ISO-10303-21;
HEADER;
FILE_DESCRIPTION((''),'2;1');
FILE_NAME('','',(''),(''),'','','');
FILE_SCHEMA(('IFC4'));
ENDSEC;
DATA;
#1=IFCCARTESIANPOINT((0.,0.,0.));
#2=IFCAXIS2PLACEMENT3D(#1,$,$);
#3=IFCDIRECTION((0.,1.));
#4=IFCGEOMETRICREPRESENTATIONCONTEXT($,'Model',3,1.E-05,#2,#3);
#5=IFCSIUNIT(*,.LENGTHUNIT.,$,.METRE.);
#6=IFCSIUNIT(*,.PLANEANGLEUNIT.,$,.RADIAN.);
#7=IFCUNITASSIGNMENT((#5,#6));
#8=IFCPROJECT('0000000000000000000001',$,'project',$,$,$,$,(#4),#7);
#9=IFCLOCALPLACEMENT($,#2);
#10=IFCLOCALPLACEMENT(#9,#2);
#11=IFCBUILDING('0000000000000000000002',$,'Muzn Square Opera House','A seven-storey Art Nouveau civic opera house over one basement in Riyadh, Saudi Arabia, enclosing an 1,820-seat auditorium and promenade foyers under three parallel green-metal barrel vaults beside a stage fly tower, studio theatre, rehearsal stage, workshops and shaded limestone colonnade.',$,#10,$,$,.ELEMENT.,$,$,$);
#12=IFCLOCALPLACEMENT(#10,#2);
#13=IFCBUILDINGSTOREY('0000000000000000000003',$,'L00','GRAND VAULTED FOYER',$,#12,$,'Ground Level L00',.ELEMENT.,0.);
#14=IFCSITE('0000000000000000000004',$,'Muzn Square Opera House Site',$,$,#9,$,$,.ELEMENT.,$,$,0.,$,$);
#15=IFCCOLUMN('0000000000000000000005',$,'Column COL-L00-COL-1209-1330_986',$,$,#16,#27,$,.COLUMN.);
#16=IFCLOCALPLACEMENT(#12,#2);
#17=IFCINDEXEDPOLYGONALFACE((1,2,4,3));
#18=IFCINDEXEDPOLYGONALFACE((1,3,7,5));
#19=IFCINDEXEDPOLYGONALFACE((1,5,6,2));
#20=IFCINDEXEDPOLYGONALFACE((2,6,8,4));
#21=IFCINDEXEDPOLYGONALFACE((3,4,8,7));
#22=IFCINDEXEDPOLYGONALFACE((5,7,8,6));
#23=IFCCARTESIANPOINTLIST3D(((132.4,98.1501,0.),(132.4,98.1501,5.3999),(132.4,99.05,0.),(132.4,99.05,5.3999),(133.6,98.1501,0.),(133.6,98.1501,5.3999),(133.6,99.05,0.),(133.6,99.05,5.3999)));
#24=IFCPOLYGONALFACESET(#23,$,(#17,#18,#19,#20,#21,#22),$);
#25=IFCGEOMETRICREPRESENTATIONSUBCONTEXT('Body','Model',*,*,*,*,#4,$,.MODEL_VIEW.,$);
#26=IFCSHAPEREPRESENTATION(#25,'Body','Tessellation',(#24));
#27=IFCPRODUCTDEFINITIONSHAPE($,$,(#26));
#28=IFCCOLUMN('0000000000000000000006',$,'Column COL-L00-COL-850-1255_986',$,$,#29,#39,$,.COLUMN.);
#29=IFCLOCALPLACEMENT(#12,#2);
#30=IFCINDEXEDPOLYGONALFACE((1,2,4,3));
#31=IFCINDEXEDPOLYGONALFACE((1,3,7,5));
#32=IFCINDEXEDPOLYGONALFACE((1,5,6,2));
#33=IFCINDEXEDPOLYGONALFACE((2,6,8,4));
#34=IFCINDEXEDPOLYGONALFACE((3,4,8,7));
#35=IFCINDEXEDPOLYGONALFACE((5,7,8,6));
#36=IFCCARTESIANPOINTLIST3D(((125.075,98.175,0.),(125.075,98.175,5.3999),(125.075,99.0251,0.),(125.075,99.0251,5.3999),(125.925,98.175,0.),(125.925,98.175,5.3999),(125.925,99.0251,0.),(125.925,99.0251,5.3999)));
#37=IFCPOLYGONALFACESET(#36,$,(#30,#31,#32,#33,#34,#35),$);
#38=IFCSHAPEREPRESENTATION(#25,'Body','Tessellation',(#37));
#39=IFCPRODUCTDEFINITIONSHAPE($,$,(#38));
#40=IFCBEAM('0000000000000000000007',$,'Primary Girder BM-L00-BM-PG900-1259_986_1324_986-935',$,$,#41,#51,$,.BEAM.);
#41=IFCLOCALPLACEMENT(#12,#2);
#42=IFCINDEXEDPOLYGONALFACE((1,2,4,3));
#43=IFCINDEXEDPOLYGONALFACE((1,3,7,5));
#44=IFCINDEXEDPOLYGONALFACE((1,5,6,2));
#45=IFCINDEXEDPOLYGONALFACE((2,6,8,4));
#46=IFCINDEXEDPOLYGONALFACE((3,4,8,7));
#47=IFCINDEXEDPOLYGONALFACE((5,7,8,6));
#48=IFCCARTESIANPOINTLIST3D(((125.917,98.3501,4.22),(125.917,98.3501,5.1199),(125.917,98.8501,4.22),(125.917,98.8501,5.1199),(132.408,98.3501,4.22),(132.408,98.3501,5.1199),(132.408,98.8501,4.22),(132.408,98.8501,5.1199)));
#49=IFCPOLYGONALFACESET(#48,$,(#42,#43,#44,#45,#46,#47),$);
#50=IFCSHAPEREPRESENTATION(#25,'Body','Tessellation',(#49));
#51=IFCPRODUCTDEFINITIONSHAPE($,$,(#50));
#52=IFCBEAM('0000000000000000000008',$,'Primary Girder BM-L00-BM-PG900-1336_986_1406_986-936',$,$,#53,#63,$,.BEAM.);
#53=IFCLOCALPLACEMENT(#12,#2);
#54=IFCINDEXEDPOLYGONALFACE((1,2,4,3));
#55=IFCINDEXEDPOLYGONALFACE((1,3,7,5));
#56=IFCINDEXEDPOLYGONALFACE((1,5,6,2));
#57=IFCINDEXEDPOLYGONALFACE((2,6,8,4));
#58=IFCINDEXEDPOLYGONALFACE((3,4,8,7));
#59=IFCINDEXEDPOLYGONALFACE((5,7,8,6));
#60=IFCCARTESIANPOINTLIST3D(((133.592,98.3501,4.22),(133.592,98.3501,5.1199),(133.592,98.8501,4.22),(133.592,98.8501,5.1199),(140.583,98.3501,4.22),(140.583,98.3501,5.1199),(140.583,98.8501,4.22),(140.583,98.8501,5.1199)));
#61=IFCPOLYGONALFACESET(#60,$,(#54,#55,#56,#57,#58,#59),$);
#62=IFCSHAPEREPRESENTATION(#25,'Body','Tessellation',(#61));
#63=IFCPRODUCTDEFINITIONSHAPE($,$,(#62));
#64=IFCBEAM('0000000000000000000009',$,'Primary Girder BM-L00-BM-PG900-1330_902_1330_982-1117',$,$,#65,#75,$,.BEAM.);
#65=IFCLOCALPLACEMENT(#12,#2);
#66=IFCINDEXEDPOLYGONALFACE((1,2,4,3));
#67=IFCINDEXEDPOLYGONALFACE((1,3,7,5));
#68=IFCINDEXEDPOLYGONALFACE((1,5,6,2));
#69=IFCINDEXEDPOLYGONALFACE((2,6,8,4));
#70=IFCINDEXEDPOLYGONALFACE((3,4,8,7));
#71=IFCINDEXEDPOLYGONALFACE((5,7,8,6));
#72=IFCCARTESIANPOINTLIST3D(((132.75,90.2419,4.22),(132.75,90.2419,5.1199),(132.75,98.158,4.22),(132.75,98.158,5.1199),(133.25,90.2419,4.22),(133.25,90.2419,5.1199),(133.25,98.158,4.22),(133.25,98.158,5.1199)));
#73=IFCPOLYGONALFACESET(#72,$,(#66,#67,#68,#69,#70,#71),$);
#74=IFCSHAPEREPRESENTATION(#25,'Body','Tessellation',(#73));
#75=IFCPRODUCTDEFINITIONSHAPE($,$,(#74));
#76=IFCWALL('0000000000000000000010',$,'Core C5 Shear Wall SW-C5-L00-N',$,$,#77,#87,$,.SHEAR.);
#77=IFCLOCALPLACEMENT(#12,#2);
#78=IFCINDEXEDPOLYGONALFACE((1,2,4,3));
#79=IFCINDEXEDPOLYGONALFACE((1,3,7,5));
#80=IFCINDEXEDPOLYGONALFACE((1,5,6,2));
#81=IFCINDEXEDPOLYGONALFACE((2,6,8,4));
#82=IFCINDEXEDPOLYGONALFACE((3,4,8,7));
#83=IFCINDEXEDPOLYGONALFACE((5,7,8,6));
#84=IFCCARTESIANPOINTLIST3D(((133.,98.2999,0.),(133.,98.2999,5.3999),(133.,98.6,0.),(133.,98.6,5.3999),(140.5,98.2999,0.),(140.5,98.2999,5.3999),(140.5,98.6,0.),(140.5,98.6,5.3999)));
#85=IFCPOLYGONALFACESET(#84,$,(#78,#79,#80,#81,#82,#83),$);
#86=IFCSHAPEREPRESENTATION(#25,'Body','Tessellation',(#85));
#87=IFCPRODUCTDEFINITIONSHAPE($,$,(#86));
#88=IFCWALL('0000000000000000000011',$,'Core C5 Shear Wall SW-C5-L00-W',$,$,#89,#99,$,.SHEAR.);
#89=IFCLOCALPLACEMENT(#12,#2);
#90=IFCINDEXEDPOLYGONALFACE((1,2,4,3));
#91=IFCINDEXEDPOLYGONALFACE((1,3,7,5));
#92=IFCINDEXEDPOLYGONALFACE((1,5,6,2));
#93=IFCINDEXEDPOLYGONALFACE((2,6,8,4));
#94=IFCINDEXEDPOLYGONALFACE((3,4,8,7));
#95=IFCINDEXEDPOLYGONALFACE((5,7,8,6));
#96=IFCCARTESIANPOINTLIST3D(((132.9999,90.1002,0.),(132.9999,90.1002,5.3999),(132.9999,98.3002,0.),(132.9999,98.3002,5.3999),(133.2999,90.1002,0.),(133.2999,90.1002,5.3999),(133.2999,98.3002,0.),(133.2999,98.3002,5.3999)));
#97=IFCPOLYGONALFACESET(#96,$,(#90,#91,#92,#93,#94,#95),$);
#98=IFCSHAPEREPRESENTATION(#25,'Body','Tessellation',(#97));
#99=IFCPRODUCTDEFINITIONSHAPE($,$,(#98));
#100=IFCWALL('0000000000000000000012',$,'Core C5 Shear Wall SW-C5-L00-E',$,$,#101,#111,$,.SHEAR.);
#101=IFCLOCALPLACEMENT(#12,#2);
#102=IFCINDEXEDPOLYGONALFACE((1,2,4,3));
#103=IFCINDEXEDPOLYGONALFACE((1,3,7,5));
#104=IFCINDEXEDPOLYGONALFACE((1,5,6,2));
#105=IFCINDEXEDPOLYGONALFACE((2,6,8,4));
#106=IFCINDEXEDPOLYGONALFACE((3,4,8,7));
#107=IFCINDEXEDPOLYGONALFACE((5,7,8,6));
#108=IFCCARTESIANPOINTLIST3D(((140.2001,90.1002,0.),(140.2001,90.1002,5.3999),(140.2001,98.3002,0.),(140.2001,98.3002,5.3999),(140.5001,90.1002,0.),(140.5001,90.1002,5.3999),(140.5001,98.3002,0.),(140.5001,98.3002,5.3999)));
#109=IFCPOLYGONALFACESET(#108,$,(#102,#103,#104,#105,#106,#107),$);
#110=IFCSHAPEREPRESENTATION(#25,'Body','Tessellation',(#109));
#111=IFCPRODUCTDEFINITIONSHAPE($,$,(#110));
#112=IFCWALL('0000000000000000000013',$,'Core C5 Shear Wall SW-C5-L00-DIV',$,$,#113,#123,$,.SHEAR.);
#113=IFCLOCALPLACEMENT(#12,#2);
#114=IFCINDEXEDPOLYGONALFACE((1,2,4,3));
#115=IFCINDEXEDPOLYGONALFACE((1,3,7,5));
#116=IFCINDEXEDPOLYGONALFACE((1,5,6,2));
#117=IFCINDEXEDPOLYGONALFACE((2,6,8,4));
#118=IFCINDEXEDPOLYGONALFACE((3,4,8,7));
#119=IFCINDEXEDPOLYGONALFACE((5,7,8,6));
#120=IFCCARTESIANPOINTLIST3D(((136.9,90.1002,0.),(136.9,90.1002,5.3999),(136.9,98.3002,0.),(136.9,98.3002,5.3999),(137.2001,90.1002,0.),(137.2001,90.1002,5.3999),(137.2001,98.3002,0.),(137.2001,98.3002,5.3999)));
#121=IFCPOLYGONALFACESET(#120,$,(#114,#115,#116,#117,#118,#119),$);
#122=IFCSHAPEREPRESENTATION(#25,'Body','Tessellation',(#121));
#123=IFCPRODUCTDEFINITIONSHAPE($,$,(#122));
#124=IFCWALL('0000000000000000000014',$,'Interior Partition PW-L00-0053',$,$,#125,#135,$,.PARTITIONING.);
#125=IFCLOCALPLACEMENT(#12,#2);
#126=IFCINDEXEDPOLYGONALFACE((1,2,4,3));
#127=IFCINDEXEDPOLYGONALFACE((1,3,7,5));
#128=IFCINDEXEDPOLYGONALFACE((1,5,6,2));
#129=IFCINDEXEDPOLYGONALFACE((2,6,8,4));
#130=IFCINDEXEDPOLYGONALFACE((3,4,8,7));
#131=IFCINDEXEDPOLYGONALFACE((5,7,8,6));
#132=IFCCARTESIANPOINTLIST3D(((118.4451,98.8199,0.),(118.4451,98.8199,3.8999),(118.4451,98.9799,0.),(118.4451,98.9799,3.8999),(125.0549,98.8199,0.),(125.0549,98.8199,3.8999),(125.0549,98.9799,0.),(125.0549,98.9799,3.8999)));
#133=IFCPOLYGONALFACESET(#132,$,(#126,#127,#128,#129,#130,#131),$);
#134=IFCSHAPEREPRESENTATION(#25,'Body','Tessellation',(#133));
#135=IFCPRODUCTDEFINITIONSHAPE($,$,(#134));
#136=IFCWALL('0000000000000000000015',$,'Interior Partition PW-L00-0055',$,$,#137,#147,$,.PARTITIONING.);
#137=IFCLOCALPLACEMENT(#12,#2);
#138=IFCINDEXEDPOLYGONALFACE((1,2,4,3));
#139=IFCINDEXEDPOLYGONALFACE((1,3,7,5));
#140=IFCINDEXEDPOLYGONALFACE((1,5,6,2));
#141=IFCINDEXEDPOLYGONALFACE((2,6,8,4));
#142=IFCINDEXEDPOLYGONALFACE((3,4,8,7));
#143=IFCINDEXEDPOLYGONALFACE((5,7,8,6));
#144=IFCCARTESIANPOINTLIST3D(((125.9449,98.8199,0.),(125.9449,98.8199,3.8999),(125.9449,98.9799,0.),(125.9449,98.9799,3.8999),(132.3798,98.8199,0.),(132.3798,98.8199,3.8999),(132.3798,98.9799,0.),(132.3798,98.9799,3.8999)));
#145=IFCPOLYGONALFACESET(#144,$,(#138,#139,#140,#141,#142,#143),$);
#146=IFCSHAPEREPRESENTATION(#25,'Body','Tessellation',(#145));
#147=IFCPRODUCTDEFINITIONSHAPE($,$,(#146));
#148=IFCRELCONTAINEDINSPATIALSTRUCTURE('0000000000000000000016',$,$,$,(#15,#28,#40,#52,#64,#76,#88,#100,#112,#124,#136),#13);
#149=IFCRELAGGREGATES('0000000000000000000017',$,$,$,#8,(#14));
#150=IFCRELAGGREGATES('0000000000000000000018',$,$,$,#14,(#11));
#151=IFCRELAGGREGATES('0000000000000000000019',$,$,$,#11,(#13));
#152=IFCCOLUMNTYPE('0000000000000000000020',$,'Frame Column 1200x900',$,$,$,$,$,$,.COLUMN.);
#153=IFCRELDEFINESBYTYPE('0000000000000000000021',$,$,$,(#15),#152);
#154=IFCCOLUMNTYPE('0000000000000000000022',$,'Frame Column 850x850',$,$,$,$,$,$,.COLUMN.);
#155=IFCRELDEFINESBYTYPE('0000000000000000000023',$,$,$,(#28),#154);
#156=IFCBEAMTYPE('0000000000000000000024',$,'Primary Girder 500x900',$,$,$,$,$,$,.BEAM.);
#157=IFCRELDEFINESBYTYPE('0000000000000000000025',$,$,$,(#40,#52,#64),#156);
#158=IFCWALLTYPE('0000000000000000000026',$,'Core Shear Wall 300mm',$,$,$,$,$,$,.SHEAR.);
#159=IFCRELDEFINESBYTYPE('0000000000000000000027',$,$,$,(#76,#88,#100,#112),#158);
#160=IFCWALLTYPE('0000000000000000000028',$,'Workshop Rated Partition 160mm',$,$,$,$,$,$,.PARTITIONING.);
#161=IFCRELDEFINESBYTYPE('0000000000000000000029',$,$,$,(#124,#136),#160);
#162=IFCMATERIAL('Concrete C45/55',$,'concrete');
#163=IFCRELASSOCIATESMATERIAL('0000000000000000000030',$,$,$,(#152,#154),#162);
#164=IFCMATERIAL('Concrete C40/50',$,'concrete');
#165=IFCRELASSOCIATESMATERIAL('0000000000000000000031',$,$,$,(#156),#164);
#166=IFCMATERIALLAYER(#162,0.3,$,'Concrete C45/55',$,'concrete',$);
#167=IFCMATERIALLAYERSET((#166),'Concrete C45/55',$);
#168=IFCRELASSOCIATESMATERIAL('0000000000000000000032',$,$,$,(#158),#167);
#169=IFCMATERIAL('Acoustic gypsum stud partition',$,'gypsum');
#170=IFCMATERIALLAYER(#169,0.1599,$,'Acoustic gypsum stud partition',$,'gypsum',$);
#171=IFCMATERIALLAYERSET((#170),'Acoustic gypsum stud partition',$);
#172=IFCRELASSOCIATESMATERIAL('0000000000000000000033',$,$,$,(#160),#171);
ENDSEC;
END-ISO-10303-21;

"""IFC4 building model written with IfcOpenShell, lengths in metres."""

from ifc_helpers import new_model, si_unit, direction, frame, frame_2d, origin, origin_2d, place, context, subcontext, project, spatial, rectangle, extrude, material, layer, layer_set, material_profile, profile_set, type_object, element, save


model = new_model("IFC4")

# Units and contexts
model_context = context("Model", 3, precision=1e-05, world=origin(), true_north=direction((0.0, 1.0)))
body_context = subcontext(model_context, "Body", "Model", "MODEL_VIEW")
ifc_project = project(units=[si_unit("LENGTHUNIT", "METRE"), si_unit("PLANEANGLEUNIT", "RADIAN")], contexts=[model_context])

# Site, building, storey
site_placement = place(None, origin())
site = spatial("IfcSite", under=ifc_project, at=site_placement, Name="Muzn Square Opera House Site", CompositionType="ELEMENT", RefElevation=0.0)
building_placement = place(site_placement, origin())
building = spatial("IfcBuilding", under=site, at=building_placement, Name="Muzn Square Opera House", Description="A seven-storey Art Nouveau civic opera house over one basement in Riyadh, Saudi Arabia, enclosing an 1,820-seat auditorium and promenade foyers under three parallel green-metal barrel vaults beside a stage fly tower, studio theatre, rehearsal stage, workshops and shaded limestone colonnade.", CompositionType="ELEMENT")
storey_placement = place(building_placement, origin())
storey = spatial("IfcBuildingStorey", under=building, at=storey_placement, Name="L00", Description="GRAND VAULTED FOYER", LongName="Ground Level L00", CompositionType="ELEMENT", Elevation=0.0)

# Columns
ifc_material_1 = material(Name="Concrete C45/55", Category="concrete")
ifc_material_profile_1 = material_profile(ifc_material_1, rectangle(XDim=1.2, YDim=0.8999, at=origin_2d()), Name="RC 1200x900", Category="concrete")
ifc_profile_set_1 = profile_set([ifc_material_profile_1], Name="Concrete C45/55")
column_type_1 = type_object("IfcColumnType", Name="Frame Column 1200x900", PredefinedType="COLUMN", material=ifc_profile_set_1)
column_1_placement = place(storey_placement, frame((133.0, 98.6001, 0.0), z_axis=(0.0, 0.0, 1.0), x_axis=(1.0, 0.0, 0.0)))
element("IfcColumn", 1, at=column_1_placement, inside=storey, type_object=column_type_1, Name="Column COL-L00-COL-1209-1330_986", PredefinedType="COLUMN", context=body_context, shape_type="SweptSolid", body=[
    extrude(rectangle(XDim=1.2, YDim=0.8999, at=origin_2d()), origin(), (0.0, 0.0, 1.0), 5.3999),
])
ifc_material_profile_2 = material_profile(ifc_material_1, rectangle(XDim=0.8501, YDim=0.8501, at=origin_2d()), Name="RC 850x850", Category="concrete")
ifc_profile_set_2 = profile_set([ifc_material_profile_2], Name="Concrete C45/55")
column_type_2 = type_object("IfcColumnType", Name="Frame Column 850x850", PredefinedType="COLUMN", material=ifc_profile_set_2)
column_2_placement = place(storey_placement, frame((125.5, 98.6001, 0.0), z_axis=(0.0, 0.0, 1.0), x_axis=(1.0, 0.0, 0.0)))
element("IfcColumn", 2, at=column_2_placement, inside=storey, type_object=column_type_2, Name="Column COL-L00-COL-850-1255_986", PredefinedType="COLUMN", context=body_context, shape_type="SweptSolid", body=[
    extrude(rectangle(XDim=0.8501, YDim=0.8501, at=origin_2d()), origin(), (0.0, 0.0, 1.0), 5.3999),
])

# Beams
ifc_material_2 = material(Name="Concrete C40/50", Category="concrete")
ifc_material_profile_3 = material_profile(ifc_material_2, rectangle(XDim=0.5, YDim=0.8999, at=origin_2d()), Name="RCB 500x900", Category="concrete")
ifc_profile_set_3 = profile_set([ifc_material_profile_3], Name="Concrete C40/50")
beam_type = type_object("IfcBeamType", Name="Primary Girder 500x900", PredefinedType="BEAM", material=ifc_profile_set_3)
beam_1_placement = place(storey_placement, frame((125.917, 98.6001, 4.6699), z_axis=(1.0, 0.0, 0.0), x_axis=(0.0, 1.0, 0.0)))
element("IfcBeam", 3, at=beam_1_placement, inside=storey, type_object=beam_type, Name="Primary Girder BM-L00-BM-PG900-1259_986_1324_986-935", PredefinedType="BEAM", context=body_context, shape_type="SweptSolid", body=[
    extrude(rectangle(XDim=0.5, YDim=0.8999, at=origin_2d()), origin(), (0.0, 0.0, 1.0), 6.491),
])
beam_2_placement = place(storey_placement, frame((133.592, 98.6001, 4.6699), z_axis=(1.0, 0.0, 0.0), x_axis=(0.0, 1.0, 0.0)))
element("IfcBeam", 4, at=beam_2_placement, inside=storey, type_object=beam_type, Name="Primary Girder BM-L00-BM-PG900-1336_986_1406_986-936", PredefinedType="BEAM", context=body_context, shape_type="SweptSolid", body=[
    extrude(rectangle(XDim=0.5, YDim=0.8999, at=origin_2d()), origin(), (0.0, 0.0, 1.0), 6.991),
])
beam_3_placement = place(storey_placement, frame((133.0, 90.2419, 4.6699), z_axis=(0.0, 1.0, 0.0), x_axis=(-1.0, 0.0, 0.0)))
element("IfcBeam", 5, at=beam_3_placement, inside=storey, type_object=beam_type, Name="Primary Girder BM-L00-BM-PG900-1330_902_1330_982-1117", PredefinedType="BEAM", context=body_context, shape_type="SweptSolid", body=[
    extrude(rectangle(XDim=0.5, YDim=0.8999, at=origin_2d()), origin(), (0.0, 0.0, 1.0), 7.916),
])

# Walls
ifc_layer_1 = layer(ifc_material_1, 0.3, Name="Concrete C45/55", Category="concrete")
ifc_layer_set_1 = layer_set([ifc_layer_1], Name="Concrete C45/55")
wall_type_1 = type_object("IfcWallType", Name="Core Shear Wall 300mm", PredefinedType="SHEAR", material=ifc_layer_set_1)
wall_1_placement = place(storey_placement, frame((133.0, 98.45, 0.0), z_axis=(0.0, 0.0, 1.0), x_axis=(1.0, 0.0, 0.0)))
element("IfcWall", 6, at=wall_1_placement, inside=storey, type_object=wall_type_1, Name="Core C5 Shear Wall SW-C5-L00-N", PredefinedType="SHEAR", context=body_context, shape_type="SweptSolid", body=[
    extrude(rectangle(XDim=7.5, YDim=0.3, at=frame_2d((3.75, 0.0))), origin(), (0.0, 0.0, 1.0), 5.3999),
])
for number, where, z_axis, x_axis, name in (
    (7, (133.1499, 90.1001, 0.0), (0.0, 0.0, 1.0), (0.0, 1.0, 0.0), "Core C5 Shear Wall SW-C5-L00-W"),
    (8, (140.3501, 90.1001, 0.0), (0.0, 0.0, 1.0), (0.0, 1.0, 0.0), "Core C5 Shear Wall SW-C5-L00-E"),
    (9, (137.05, 90.1001, 0.0), (0.0, 0.0, 1.0), (0.0, 1.0, 0.0), "Core C5 Shear Wall SW-C5-L00-DIV"),
):
    element("IfcWall", number, at=place(storey_placement, frame(where, z_axis=z_axis, x_axis=x_axis)), inside=storey, type_object=wall_type_1, Name=name, PredefinedType="SHEAR", context=body_context, shape_type="SweptSolid", body=[
        extrude(rectangle(XDim=8.2, YDim=0.3, at=frame_2d((4.1001, 0.0))), origin(), (0.0, 0.0, 1.0), 5.3999),
    ])
ifc_material_3 = material(Name="Acoustic gypsum stud partition", Category="gypsum")
ifc_layer_2 = layer(ifc_material_3, 0.1599, Name="Acoustic gypsum stud partition", Category="gypsum")
ifc_layer_set_2 = layer_set([ifc_layer_2], Name="Acoustic gypsum stud partition")
wall_type_2 = type_object("IfcWallType", Name="Workshop Rated Partition 160mm", PredefinedType="PARTITIONING", material=ifc_layer_set_2)
wall_2_placement = place(storey_placement, frame((118.4451, 98.8999, 0.0), z_axis=(0.0, 0.0, 1.0), x_axis=(1.0, 0.0, 0.0)))
element("IfcWall", 10, at=wall_2_placement, inside=storey, type_object=wall_type_2, Name="Interior Partition PW-L00-0053", PredefinedType="PARTITIONING", context=body_context, shape_type="SweptSolid", body=[
    extrude(rectangle(XDim=6.6099, YDim=0.1599, at=frame_2d((3.3049, 0.0))), origin(), (0.0, 0.0, 1.0), 3.8999),
])
wall_3_placement = place(storey_placement, frame((125.9451, 98.8999, 0.0), z_axis=(0.0, 0.0, 1.0), x_axis=(1.0, 0.0, 0.0)))
element("IfcWall", 11, at=wall_3_placement, inside=storey, type_object=wall_type_2, Name="Interior Partition PW-L00-0055", PredefinedType="PARTITIONING", context=body_context, shape_type="SweptSolid", body=[
    extrude(rectangle(XDim=6.4348, YDim=0.1599, at=frame_2d((3.2173, 0.0))), origin(), (0.0, 0.0, 1.0), 3.8999),
])

save(model, "model.ifc")
